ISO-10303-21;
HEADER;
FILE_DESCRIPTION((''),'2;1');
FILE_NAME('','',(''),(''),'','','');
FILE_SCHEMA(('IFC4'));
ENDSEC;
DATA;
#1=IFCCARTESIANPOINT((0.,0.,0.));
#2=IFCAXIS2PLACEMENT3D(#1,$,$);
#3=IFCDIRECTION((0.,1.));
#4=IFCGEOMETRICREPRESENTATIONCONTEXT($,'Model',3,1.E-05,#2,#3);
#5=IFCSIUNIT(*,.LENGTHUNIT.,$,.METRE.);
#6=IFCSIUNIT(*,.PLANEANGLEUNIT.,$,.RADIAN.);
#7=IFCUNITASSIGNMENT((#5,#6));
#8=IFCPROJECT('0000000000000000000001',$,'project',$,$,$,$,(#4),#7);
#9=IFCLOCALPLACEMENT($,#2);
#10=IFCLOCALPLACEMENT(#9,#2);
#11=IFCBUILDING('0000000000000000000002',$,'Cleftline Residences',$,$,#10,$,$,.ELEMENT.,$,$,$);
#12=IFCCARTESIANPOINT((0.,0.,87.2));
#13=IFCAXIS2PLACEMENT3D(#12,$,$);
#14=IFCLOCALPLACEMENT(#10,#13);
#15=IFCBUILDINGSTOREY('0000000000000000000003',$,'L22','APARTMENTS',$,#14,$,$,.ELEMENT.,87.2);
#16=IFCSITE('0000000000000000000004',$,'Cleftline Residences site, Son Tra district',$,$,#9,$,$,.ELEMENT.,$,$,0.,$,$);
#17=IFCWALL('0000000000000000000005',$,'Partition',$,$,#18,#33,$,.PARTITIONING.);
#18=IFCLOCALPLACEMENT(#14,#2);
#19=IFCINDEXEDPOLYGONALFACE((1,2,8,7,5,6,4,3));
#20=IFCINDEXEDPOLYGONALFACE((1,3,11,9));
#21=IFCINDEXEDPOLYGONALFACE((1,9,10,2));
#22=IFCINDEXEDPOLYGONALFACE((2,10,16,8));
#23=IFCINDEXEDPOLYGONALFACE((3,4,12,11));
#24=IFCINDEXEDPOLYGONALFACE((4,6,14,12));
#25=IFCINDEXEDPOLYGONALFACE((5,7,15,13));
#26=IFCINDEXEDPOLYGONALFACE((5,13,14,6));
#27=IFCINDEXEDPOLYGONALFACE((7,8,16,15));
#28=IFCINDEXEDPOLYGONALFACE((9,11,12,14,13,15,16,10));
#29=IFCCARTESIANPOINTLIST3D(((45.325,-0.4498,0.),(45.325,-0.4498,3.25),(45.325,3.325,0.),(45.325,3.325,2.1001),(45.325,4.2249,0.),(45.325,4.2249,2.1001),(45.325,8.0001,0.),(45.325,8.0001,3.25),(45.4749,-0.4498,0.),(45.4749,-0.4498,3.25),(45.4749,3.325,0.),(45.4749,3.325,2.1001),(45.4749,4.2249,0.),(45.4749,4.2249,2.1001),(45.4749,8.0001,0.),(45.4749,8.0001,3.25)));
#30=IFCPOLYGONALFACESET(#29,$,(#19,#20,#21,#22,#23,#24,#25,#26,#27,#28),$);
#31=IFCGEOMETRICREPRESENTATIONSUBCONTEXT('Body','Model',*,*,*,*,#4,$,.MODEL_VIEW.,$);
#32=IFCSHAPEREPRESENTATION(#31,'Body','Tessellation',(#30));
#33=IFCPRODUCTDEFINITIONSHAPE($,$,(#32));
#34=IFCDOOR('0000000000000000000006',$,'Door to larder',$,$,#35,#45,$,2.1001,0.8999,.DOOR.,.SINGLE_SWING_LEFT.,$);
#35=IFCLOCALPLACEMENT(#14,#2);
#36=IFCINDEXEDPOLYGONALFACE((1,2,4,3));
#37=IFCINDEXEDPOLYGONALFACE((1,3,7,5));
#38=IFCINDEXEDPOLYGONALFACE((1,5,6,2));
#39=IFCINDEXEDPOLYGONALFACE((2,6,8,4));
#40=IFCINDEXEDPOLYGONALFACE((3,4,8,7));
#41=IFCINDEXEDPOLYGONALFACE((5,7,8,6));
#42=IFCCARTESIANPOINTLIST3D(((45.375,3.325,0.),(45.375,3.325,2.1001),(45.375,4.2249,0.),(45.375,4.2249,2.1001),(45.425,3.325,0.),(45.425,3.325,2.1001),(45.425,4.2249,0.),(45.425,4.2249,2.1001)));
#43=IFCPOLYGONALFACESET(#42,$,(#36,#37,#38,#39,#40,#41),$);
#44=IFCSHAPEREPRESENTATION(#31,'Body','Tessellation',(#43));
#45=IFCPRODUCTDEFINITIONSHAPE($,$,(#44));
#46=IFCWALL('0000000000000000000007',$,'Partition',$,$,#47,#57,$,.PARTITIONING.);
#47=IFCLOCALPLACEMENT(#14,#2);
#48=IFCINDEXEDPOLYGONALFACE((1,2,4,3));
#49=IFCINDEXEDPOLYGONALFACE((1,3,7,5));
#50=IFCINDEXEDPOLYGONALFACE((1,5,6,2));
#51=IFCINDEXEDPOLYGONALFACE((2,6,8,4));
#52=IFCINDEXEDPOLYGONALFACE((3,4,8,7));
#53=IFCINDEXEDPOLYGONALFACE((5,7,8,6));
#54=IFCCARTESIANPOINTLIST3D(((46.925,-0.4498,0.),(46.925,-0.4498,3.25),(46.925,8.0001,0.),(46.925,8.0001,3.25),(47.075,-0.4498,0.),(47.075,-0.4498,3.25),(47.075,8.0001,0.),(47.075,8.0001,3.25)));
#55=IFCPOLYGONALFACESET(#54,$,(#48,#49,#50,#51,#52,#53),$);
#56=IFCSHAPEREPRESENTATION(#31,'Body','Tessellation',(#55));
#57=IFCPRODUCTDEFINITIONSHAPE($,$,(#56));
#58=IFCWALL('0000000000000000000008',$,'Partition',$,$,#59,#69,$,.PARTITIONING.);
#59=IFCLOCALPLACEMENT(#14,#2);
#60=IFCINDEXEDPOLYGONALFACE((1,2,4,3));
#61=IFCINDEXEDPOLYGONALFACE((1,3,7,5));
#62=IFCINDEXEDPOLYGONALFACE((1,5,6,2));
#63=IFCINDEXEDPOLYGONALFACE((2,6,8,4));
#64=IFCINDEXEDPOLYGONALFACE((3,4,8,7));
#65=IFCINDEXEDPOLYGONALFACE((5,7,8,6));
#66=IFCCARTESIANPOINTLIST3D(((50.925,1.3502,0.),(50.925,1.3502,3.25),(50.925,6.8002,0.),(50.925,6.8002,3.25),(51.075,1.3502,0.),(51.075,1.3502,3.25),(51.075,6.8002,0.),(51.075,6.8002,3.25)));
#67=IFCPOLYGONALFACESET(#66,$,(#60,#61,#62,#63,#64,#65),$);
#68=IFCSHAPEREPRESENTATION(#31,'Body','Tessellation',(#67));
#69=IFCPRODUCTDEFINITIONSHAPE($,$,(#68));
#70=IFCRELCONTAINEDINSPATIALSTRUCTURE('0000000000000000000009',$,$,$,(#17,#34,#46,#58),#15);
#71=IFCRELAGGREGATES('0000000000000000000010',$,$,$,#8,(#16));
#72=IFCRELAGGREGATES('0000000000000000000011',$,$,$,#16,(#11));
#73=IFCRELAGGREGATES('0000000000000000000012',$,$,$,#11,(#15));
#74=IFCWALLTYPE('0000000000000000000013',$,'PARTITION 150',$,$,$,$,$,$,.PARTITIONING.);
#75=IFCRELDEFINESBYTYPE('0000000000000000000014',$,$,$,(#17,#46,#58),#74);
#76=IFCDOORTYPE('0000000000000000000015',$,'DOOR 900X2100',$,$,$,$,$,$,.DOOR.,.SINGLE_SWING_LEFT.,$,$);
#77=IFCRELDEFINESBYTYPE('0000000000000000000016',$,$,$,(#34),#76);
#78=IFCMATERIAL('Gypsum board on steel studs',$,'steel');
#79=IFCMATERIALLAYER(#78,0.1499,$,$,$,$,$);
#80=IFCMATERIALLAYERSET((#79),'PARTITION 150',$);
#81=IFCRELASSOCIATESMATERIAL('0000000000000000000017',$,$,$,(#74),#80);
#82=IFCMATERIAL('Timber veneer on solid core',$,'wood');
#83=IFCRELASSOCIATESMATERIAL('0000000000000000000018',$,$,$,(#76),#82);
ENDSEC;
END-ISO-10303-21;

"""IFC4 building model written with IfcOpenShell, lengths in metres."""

from ifc_helpers import new_model, si_unit, direction, frame, frame_2d, origin, place, context, subcontext, project, spatial, rectangle, extrude, material, layer, layer_set, type_object, element, fill, save


model = new_model("IFC4")

# Units and contexts
model_context = context("Model", 3, precision=1e-05, world=origin(), true_north=direction((0.0, 1.0)))
body_context = subcontext(model_context, "Body", "Model", "MODEL_VIEW")
ifc_project = project(units=[si_unit("LENGTHUNIT", "METRE"), si_unit("PLANEANGLEUNIT", "RADIAN")], contexts=[model_context])

# Site, building, storey
site_placement = place(None, origin())
site = spatial("IfcSite", under=ifc_project, at=site_placement, Name="Cleftline Residences site, Son Tra district", CompositionType="ELEMENT", RefElevation=0.0)
building_placement = place(site_placement, origin())
building = spatial("IfcBuilding", under=site, at=building_placement, Name="Cleftline Residences", CompositionType="ELEMENT")
storey_placement = place(building_placement, frame((0.0, 0.0, 87.2)))
storey = spatial("IfcBuildingStorey", under=building, at=storey_placement, Name="L22", Description="APARTMENTS", CompositionType="ELEMENT", Elevation=87.2)

# Wall, opening, door
ifc_material_1 = material(Name="Gypsum board on steel studs", Category="steel")
ifc_layer_1 = layer(ifc_material_1, 0.1499)
ifc_layer_set_1 = layer_set([ifc_layer_1], Name="PARTITION 150")
wall_type_1 = type_object("IfcWallType", Name="PARTITION 150", PredefinedType="PARTITIONING", material=ifc_layer_set_1)
wall_1_placement = place(storey_placement, frame((45.3999, -0.45, 0.0), z_axis=(0.0, 0.0, 1.0), x_axis=(0.0, 1.0, 0.0)))
wall_1 = element("IfcWall", 1, at=wall_1_placement, inside=storey, type_object=wall_type_1, Name="Partition", PredefinedType="PARTITIONING", context=body_context, shape_type="SweptSolid", body=[
    extrude(rectangle(XDim=8.45, YDim=0.1499, at=frame_2d((4.2251, 0.0))), origin(), (0.0, 0.0, 1.0), 3.25),
])
opening_1_placement = place(wall_1_placement, frame((3.7749, 0.0, 0.0)))
opening_1 = element("IfcOpeningElement", 2, at=opening_1_placement, cuts=wall_1, PredefinedType="OPENING", context=body_context, shape_type="SweptSolid", body=[
    extrude(rectangle(XDim=0.8999, YDim=2.1001, at=frame_2d((0.45, 1.05))), frame((0.0, 0.085, 0.0), z_axis=(0.0, -1.0, 0.0), x_axis=(1.0, 0.0, 0.0)), (0.0, 0.0, 1.0), 0.1699),
])
ifc_material_2 = material(Name="Timber veneer on solid core", Category="wood")
door_type = type_object("IfcDoorType", Name="DOOR 900X2100", OperationType="SINGLE_SWING_LEFT", PredefinedType="DOOR", material=ifc_material_2)
door_placement = place(opening_1_placement, origin())
door = element("IfcDoor", 3, at=door_placement, inside=storey, type_object=door_type, Name="Door to larder", OperationType="SINGLE_SWING_LEFT", OverallHeight=2.1001, OverallWidth=0.8999, PredefinedType="DOOR", context=body_context, shape_type="SweptSolid", body=[
    extrude(rectangle(XDim=0.8999, YDim=2.1001, at=frame_2d((0.45, 1.05))), frame((0.0, 0.0249, 0.0), z_axis=(0.0, -1.0, 0.0), x_axis=(1.0, 0.0, 0.0)), (0.0, 0.0, 1.0), 0.05),
])
fill(opening_1, door)

# Walls
wall_2_placement = place(storey_placement, frame((47.0, -0.45, 0.0), z_axis=(0.0, 0.0, 1.0), x_axis=(0.0, 1.0, 0.0)))
element("IfcWall", 4, at=wall_2_placement, inside=storey, type_object=wall_type_1, Name="Partition", PredefinedType="PARTITIONING", context=body_context, shape_type="SweptSolid", body=[
    extrude(rectangle(XDim=8.45, YDim=0.1499, at=frame_2d((4.2251, 0.0))), origin(), (0.0, 0.0, 1.0), 3.25),
])
wall_3_placement = place(storey_placement, frame((51.0, 1.3501, 0.0), z_axis=(0.0, 0.0, 1.0), x_axis=(0.0, 1.0, 0.0)))
element("IfcWall", 5, at=wall_3_placement, inside=storey, type_object=wall_type_1, Name="Partition", PredefinedType="PARTITIONING", context=body_context, shape_type="SweptSolid", body=[
    extrude(rectangle(XDim=5.45, YDim=0.1499, at=frame_2d((2.7251, 0.0))), origin(), (0.0, 0.0, 1.0), 3.25),
])

save(model, "model.ifc")
